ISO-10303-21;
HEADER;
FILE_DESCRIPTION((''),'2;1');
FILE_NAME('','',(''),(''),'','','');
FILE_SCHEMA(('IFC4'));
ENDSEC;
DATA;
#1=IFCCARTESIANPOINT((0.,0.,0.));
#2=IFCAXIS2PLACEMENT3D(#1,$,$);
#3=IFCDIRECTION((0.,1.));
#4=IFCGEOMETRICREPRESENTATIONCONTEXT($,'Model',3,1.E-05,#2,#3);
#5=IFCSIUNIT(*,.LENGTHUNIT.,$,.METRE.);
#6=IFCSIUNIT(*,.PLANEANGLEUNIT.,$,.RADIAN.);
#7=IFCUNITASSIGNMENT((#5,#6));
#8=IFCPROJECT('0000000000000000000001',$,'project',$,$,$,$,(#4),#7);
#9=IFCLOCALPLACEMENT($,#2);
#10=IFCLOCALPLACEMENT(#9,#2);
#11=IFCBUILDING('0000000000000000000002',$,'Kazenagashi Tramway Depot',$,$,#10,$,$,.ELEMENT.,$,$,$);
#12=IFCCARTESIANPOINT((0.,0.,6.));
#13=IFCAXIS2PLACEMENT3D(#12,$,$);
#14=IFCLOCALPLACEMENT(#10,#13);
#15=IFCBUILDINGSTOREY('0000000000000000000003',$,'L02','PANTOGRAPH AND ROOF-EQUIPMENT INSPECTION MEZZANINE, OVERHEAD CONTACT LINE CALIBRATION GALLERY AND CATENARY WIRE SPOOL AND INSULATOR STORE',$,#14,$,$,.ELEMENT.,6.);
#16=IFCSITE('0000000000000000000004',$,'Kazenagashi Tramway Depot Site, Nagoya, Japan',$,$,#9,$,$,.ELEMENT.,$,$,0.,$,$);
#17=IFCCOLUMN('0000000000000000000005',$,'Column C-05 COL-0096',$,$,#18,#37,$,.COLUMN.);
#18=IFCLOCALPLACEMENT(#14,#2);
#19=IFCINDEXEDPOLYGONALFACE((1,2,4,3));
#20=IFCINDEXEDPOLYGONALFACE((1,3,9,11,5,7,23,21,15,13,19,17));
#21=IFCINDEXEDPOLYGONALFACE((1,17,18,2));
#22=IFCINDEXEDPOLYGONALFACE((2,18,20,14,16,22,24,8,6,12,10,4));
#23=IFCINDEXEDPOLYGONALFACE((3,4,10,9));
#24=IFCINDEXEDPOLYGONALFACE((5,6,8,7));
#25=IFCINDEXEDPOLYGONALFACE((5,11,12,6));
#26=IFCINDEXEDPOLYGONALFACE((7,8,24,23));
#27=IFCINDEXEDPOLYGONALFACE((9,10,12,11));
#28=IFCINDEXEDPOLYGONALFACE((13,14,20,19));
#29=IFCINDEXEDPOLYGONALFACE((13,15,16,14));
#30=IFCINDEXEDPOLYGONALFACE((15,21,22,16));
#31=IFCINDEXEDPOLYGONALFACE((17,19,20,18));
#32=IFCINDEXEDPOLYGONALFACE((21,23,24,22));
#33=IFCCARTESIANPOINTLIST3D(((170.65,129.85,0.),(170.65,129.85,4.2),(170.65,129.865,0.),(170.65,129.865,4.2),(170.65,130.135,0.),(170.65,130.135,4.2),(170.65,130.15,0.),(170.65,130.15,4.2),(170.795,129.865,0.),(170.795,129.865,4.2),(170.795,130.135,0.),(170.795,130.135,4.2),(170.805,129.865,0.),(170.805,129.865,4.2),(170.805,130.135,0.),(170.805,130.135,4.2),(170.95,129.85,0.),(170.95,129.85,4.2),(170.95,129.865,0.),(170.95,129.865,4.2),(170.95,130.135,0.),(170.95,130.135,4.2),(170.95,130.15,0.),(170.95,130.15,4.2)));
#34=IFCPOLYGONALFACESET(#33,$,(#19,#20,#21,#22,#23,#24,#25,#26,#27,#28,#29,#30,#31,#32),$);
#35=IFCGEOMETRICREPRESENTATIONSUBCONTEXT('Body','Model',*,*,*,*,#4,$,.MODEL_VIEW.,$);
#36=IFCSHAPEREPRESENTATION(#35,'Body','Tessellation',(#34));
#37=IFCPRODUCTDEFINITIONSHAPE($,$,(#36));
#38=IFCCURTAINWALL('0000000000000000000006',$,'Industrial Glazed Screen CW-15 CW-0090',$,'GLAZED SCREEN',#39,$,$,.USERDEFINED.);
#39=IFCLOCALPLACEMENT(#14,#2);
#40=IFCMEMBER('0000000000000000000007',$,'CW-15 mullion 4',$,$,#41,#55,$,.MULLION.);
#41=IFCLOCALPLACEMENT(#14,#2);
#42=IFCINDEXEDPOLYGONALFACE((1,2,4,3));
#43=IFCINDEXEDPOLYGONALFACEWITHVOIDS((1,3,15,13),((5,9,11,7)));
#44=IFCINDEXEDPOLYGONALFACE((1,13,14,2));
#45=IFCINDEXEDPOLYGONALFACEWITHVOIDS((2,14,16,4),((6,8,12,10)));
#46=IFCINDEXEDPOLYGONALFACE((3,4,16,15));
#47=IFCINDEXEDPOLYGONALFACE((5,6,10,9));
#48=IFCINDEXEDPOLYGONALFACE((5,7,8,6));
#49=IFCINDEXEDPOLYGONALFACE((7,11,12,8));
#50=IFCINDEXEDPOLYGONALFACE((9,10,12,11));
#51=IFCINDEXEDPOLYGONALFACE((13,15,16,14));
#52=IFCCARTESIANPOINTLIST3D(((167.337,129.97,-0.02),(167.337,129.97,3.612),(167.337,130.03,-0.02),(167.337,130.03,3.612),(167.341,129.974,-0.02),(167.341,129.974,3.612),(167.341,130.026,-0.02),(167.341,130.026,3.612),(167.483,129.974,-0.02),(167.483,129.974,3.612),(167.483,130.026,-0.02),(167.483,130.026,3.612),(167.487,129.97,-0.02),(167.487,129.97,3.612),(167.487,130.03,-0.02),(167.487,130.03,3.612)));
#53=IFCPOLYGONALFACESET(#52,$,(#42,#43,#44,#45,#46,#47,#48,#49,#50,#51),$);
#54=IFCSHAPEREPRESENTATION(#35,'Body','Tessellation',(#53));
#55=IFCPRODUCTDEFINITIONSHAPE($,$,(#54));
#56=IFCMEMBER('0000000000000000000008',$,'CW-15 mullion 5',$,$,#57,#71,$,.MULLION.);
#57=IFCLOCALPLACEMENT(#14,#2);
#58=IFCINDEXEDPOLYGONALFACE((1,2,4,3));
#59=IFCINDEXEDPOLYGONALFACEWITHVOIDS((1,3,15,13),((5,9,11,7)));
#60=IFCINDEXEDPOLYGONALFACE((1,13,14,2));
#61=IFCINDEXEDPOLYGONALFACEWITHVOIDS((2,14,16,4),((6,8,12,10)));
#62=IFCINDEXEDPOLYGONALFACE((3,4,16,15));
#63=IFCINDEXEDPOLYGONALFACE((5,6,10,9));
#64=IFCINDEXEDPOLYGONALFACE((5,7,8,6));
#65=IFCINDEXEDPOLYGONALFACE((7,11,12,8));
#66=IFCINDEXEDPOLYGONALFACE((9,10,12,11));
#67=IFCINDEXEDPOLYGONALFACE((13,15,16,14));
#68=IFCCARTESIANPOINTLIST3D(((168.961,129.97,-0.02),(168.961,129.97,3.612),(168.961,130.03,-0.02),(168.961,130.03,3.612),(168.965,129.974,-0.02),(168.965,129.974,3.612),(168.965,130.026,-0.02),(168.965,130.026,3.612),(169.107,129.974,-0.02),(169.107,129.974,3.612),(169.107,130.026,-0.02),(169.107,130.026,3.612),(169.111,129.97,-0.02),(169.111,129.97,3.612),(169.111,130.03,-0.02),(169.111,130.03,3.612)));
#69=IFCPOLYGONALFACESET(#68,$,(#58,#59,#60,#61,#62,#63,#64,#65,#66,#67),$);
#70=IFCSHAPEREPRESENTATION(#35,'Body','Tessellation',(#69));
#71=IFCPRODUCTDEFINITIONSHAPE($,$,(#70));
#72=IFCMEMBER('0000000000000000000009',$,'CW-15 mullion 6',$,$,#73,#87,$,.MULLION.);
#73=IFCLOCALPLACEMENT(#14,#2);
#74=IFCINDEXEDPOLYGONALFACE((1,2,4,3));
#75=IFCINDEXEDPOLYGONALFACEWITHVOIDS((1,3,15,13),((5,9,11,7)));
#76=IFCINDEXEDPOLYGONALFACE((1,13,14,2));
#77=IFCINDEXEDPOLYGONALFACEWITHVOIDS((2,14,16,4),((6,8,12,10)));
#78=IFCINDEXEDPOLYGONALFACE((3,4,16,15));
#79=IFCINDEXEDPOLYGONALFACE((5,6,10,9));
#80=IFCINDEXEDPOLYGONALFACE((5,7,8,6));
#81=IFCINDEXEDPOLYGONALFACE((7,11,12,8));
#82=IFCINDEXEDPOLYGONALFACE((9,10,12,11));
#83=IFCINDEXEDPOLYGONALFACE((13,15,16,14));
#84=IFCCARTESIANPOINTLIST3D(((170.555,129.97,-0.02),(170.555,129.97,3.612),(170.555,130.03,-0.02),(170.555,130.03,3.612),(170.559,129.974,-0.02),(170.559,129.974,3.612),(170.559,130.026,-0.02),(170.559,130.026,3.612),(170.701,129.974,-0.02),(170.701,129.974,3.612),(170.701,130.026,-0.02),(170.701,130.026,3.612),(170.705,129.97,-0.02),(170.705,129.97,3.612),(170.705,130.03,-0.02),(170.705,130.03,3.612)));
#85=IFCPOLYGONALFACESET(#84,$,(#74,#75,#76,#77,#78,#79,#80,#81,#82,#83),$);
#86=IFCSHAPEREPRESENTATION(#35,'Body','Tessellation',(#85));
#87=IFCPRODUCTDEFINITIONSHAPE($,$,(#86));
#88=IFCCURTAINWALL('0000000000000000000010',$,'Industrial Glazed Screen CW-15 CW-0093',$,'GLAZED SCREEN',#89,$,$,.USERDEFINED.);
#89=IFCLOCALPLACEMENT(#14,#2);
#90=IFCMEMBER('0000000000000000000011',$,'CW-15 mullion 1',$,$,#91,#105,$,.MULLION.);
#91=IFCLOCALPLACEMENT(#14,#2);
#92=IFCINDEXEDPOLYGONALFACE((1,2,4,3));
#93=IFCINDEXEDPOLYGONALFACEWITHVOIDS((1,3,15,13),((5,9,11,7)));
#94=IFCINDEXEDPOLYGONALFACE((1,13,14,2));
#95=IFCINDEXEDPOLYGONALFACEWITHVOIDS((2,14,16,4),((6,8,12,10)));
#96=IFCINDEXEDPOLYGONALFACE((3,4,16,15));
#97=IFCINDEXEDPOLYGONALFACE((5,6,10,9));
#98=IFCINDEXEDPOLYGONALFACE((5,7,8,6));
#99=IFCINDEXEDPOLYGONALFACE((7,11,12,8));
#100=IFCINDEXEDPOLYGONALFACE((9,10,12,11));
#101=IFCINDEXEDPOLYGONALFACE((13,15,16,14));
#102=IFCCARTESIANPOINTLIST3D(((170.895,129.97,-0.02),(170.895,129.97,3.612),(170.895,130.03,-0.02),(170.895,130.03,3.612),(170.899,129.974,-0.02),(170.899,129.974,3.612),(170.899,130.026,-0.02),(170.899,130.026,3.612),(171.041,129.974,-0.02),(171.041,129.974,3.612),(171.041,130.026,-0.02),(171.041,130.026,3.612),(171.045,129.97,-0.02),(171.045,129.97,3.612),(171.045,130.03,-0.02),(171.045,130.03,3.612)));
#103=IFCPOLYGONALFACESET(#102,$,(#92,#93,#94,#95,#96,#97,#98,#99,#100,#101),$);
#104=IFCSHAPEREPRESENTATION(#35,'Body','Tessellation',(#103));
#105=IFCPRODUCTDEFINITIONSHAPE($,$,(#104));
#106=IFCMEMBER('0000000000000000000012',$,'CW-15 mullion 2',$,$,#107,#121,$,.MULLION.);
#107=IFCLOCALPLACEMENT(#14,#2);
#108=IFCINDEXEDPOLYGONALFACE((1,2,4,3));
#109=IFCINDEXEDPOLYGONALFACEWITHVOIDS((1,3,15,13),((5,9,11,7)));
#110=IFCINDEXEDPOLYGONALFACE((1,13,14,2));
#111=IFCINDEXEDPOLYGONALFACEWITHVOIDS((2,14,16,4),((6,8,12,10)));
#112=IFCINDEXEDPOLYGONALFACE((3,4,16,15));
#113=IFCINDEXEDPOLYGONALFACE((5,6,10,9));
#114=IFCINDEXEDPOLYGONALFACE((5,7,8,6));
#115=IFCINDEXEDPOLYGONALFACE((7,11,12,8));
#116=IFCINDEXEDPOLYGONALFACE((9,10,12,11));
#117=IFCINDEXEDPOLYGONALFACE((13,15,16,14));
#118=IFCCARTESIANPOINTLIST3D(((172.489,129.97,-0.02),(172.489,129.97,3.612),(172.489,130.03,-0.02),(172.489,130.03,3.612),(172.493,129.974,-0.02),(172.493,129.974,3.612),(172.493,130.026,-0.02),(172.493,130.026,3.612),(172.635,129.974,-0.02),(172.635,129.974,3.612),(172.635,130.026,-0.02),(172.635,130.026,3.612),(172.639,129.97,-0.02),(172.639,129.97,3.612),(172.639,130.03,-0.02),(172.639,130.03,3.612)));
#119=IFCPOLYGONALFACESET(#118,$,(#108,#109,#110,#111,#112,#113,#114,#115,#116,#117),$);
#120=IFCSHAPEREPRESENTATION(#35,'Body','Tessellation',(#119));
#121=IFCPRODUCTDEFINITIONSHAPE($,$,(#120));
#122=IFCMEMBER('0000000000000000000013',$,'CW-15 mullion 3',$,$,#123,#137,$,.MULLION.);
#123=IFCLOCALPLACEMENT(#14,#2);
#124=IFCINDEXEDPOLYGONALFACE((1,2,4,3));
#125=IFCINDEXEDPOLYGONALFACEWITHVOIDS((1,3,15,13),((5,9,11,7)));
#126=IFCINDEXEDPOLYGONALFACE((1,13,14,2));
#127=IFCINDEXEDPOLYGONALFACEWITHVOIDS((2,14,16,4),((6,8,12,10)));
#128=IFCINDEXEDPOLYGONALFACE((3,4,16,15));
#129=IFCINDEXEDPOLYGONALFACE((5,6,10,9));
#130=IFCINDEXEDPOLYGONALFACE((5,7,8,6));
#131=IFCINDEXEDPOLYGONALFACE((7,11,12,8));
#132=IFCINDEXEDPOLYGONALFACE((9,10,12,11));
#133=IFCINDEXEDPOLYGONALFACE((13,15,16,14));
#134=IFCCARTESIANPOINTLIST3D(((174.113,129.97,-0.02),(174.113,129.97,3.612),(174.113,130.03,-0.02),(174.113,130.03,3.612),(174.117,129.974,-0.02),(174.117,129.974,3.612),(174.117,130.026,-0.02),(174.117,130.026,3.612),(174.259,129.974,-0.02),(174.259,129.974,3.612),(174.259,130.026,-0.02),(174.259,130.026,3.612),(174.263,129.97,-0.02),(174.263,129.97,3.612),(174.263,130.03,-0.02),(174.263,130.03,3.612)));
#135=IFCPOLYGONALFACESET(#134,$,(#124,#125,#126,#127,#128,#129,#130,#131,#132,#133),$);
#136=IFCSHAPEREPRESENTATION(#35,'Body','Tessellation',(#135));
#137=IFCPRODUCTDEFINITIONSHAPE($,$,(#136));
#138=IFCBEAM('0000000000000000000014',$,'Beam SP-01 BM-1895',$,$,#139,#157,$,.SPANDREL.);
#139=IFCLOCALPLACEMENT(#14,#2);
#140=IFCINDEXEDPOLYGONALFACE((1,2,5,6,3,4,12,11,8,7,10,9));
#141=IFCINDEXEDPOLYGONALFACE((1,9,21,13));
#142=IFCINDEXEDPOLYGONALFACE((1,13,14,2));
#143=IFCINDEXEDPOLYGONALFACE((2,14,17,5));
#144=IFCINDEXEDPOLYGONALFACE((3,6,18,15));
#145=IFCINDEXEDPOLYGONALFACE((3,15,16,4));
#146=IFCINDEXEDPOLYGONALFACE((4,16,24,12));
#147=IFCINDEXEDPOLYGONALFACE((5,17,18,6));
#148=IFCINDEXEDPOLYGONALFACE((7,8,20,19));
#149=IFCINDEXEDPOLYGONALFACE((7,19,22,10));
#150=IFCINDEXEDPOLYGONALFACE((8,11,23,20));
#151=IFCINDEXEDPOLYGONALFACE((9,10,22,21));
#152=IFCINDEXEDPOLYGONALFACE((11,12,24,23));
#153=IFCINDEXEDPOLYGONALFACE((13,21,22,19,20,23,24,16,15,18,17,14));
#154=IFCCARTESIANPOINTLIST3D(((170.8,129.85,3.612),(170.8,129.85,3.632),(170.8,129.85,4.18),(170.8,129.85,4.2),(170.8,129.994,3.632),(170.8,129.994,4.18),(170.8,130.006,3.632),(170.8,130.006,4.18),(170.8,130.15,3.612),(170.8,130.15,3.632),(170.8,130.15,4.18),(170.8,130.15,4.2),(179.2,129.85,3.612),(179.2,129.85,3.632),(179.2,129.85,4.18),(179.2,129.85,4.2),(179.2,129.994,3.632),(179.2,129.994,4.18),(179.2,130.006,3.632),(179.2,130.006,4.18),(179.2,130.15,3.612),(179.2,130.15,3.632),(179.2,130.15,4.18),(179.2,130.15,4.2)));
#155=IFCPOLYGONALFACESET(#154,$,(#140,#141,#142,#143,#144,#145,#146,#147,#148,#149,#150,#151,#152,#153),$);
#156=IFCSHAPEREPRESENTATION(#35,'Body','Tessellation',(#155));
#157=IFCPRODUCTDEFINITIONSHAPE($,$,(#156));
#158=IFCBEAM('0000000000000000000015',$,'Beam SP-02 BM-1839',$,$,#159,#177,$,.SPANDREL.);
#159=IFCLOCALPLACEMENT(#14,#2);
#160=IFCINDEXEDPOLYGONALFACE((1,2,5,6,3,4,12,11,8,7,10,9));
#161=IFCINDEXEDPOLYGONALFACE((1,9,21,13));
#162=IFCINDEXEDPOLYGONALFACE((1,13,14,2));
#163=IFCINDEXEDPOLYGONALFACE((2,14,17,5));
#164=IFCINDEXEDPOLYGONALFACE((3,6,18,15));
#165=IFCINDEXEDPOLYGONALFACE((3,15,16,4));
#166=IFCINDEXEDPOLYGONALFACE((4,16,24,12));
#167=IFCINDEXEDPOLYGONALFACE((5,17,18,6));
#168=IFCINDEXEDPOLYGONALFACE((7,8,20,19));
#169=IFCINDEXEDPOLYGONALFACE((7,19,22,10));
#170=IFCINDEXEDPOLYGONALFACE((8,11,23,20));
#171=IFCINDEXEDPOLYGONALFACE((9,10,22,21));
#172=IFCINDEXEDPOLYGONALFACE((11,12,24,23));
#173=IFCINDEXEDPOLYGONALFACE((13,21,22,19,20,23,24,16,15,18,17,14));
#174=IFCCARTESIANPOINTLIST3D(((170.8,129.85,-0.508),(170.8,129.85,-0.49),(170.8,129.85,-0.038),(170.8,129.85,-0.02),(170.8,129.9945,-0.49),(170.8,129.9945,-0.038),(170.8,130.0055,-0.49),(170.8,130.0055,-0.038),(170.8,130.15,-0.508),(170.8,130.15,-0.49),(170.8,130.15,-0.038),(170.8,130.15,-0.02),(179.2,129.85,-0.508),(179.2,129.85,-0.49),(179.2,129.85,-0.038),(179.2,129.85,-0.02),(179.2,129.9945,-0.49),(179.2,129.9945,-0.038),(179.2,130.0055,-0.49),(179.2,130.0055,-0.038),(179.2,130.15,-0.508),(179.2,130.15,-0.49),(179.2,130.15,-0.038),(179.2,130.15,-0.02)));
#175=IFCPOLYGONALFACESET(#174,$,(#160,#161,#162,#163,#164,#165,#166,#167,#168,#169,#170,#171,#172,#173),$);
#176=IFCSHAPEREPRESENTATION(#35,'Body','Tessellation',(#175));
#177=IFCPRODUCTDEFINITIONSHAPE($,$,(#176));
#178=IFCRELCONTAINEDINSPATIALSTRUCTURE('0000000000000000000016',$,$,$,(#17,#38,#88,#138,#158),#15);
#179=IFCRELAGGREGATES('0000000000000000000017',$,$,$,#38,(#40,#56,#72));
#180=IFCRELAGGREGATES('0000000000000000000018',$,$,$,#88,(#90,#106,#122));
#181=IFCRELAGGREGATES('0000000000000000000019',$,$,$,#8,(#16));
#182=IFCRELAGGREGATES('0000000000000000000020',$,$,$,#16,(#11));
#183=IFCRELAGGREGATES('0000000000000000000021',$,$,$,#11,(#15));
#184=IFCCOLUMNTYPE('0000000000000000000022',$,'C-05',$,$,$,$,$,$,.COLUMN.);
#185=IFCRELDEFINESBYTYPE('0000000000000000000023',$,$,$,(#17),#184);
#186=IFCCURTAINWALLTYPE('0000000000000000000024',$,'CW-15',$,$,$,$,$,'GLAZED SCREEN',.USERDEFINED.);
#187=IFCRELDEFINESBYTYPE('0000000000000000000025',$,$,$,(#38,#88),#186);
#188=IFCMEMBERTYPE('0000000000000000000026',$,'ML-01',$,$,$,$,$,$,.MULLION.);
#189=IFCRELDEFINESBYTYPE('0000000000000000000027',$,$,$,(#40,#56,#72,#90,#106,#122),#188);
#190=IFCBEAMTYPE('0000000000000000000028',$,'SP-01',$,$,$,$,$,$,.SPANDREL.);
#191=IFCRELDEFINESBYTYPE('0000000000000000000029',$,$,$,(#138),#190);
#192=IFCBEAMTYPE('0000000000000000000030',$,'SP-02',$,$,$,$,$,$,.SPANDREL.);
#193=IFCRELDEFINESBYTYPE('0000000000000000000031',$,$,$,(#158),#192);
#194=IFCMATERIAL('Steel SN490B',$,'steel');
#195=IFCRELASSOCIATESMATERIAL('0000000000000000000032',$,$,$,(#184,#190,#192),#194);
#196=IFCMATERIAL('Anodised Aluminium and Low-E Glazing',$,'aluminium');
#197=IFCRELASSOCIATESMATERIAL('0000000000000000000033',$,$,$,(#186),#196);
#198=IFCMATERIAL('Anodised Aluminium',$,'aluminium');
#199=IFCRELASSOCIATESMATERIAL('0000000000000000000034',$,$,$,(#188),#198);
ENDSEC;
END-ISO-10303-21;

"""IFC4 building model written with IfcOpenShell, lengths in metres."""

from ifc_helpers import new_model, si_unit, direction, frame, origin, origin_2d, place, context, subcontext, project, spatial, hollow_rectangle, i_section, extrude, material, material_profile, profile_set, type_object, element, aggregate, save


model = new_model("IFC4")

# Units and contexts
model_context = context("Model", 3, precision=1e-05, world=origin(), true_north=direction((0.0, 1.0)))
body_context = subcontext(model_context, "Body", "Model", "MODEL_VIEW")
ifc_project = project(units=[si_unit("LENGTHUNIT", "METRE"), si_unit("PLANEANGLEUNIT", "RADIAN")], contexts=[model_context])

# Site, building, storey
site_placement = place(None, origin())
site = spatial("IfcSite", under=ifc_project, at=site_placement, Name="Kazenagashi Tramway Depot Site, Nagoya, Japan", CompositionType="ELEMENT", RefElevation=0.0)
building_placement = place(site_placement, origin())
building = spatial("IfcBuilding", under=site, at=building_placement, Name="Kazenagashi Tramway Depot", CompositionType="ELEMENT")
storey_placement = place(building_placement, frame((0.0, 0.0, 6.0)))
storey = spatial("IfcBuildingStorey", under=building, at=storey_placement, Name="L02", Description="PANTOGRAPH AND ROOF-EQUIPMENT INSPECTION MEZZANINE, OVERHEAD CONTACT LINE CALIBRATION GALLERY AND CATENARY WIRE SPOOL AND INSULATOR STORE", CompositionType="ELEMENT", Elevation=6.0)

# Column
ifc_material_1 = material(Name="Steel SN490B", Category="steel")
ifc_material_profile_1 = material_profile(ifc_material_1, i_section(OverallWidth=0.3, OverallDepth=0.3, WebThickness=0.01, FlangeThickness=0.015, at=origin_2d()), Name="H-300x300x10x15")
ifc_profile_set_1 = profile_set([ifc_material_profile_1], Name="Steel SN490B")
column_type = type_object("IfcColumnType", Name="C-05", PredefinedType="COLUMN", material=ifc_profile_set_1)
column_placement = place(storey_placement, frame((170.8, 130.0, 0.0), z_axis=(0.0, 0.0, 1.0), x_axis=(1.0, 0.0, 0.0)))
element("IfcColumn", 1, at=column_placement, inside=storey, type_object=column_type, Name="Column C-05 COL-0096", PredefinedType="COLUMN", context=body_context, shape_type="SweptSolid", body=[
    extrude(i_section(OverallWidth=0.3, OverallDepth=0.3, WebThickness=0.01, FlangeThickness=0.015, at=origin_2d()), origin(), (0.0, 0.0, 1.0), 4.2),
])

# Curtain walls, members
ifc_material_2 = material(Name="Anodised Aluminium and Low-E Glazing", Category="aluminium")
curtain_wall_type = type_object("IfcCurtainWallType", Name="CW-15", ElementType="GLAZED SCREEN", PredefinedType="USERDEFINED", material=ifc_material_2)
curtain_wall_1_placement = place(storey_placement, origin())
curtain_wall_1 = element("IfcCurtainWall", 2, at=curtain_wall_1_placement, inside=storey, type_object=curtain_wall_type, Name="Industrial Glazed Screen CW-15 CW-0090", ObjectType="GLAZED SCREEN", PredefinedType="USERDEFINED")
ifc_material_3 = material(Name="Anodised Aluminium", Category="aluminium")
ifc_material_profile_2 = material_profile(ifc_material_3, hollow_rectangle(XDim=0.06, YDim=0.15, WallThickness=0.004, at=origin_2d()), Name="RHS-150x60x4")
ifc_profile_set_2 = profile_set([ifc_material_profile_2], Name="Anodised Aluminium")
member_type_1 = type_object("IfcMemberType", Name="ML-01", PredefinedType="MULLION", material=ifc_profile_set_2)
member_1_placement = place(storey_placement, frame((167.412, 130.0, -0.02), z_axis=(0.0, 0.0, 1.0), x_axis=(0.0, 1.0, 0.0)))
member_1 = element("IfcMember", 3, at=member_1_placement, type_object=member_type_1, Name="CW-15 mullion 4", PredefinedType="MULLION", context=body_context, shape_type="SweptSolid", body=[
    extrude(hollow_rectangle(XDim=0.06, YDim=0.15, WallThickness=0.004, at=origin_2d()), origin(), (0.0, 0.0, 1.0), 3.632),
])
member_2_placement = place(storey_placement, frame((169.036, 130.0, -0.02), z_axis=(0.0, 0.0, 1.0), x_axis=(0.0, 1.0, 0.0)))
member_2 = element("IfcMember", 4, at=member_2_placement, type_object=member_type_1, Name="CW-15 mullion 5", PredefinedType="MULLION", context=body_context, shape_type="SweptSolid", body=[
    extrude(hollow_rectangle(XDim=0.06, YDim=0.15, WallThickness=0.004, at=origin_2d()), origin(), (0.0, 0.0, 1.0), 3.632),
])
member_3_placement = place(storey_placement, frame((170.63, 130.0, -0.02), z_axis=(0.0, 0.0, 1.0), x_axis=(0.0, 1.0, 0.0)))
member_3 = element("IfcMember", 5, at=member_3_placement, type_object=member_type_1, Name="CW-15 mullion 6", PredefinedType="MULLION", context=body_context, shape_type="SweptSolid", body=[
    extrude(hollow_rectangle(XDim=0.06, YDim=0.15, WallThickness=0.004, at=origin_2d()), origin(), (0.0, 0.0, 1.0), 3.632),
])
curtain_wall_2_placement = place(storey_placement, origin())
curtain_wall_2 = element("IfcCurtainWall", 6, at=curtain_wall_2_placement, inside=storey, type_object=curtain_wall_type, Name="Industrial Glazed Screen CW-15 CW-0093", ObjectType="GLAZED SCREEN", PredefinedType="USERDEFINED")
member_4_placement = place(storey_placement, frame((170.97, 130.0, -0.02), z_axis=(0.0, 0.0, 1.0), x_axis=(0.0, 1.0, 0.0)))
member_4 = element("IfcMember", 7, at=member_4_placement, type_object=member_type_1, Name="CW-15 mullion 1", PredefinedType="MULLION", context=body_context, shape_type="SweptSolid", body=[
    extrude(hollow_rectangle(XDim=0.06, YDim=0.15, WallThickness=0.004, at=origin_2d()), origin(), (0.0, 0.0, 1.0), 3.632),
])
member_5_placement = place(storey_placement, frame((172.564, 130.0, -0.02), z_axis=(0.0, 0.0, 1.0), x_axis=(0.0, 1.0, 0.0)))
member_5 = element("IfcMember", 8, at=member_5_placement, type_object=member_type_1, Name="CW-15 mullion 2", PredefinedType="MULLION", context=body_context, shape_type="SweptSolid", body=[
    extrude(hollow_rectangle(XDim=0.06, YDim=0.15, WallThickness=0.004, at=origin_2d()), origin(), (0.0, 0.0, 1.0), 3.632),
])
member_6_placement = place(storey_placement, frame((174.188, 130.0, -0.02), z_axis=(0.0, 0.0, 1.0), x_axis=(0.0, 1.0, 0.0)))
member_6 = element("IfcMember", 9, at=member_6_placement, type_object=member_type_1, Name="CW-15 mullion 3", PredefinedType="MULLION", context=body_context, shape_type="SweptSolid", body=[
    extrude(hollow_rectangle(XDim=0.06, YDim=0.15, WallThickness=0.004, at=origin_2d()), origin(), (0.0, 0.0, 1.0), 3.632),
])

# Beams
ifc_material_profile_3 = material_profile(ifc_material_1, i_section(OverallWidth=0.3, OverallDepth=0.588, WebThickness=0.012, FlangeThickness=0.02, at=origin_2d()), Name="H-588x300x12x20")
ifc_profile_set_3 = profile_set([ifc_material_profile_3], Name="Steel SN490B")
beam_type_1 = type_object("IfcBeamType", Name="SP-01", PredefinedType="SPANDREL", material=ifc_profile_set_3)
beam_1_placement = place(storey_placement, frame((170.8, 130.0, 3.906), z_axis=(1.0, 0.0, 0.0), x_axis=(0.0, 1.0, 0.0)))
element("IfcBeam", 10, at=beam_1_placement, inside=storey, type_object=beam_type_1, Name="Beam SP-01 BM-1895", PredefinedType="SPANDREL", context=body_context, shape_type="SweptSolid", body=[
    extrude(i_section(OverallWidth=0.3, OverallDepth=0.588, WebThickness=0.012, FlangeThickness=0.02, at=origin_2d()), origin(), (0.0, 0.0, 1.0), 8.4),
])
ifc_material_profile_4 = material_profile(ifc_material_1, i_section(OverallWidth=0.3, OverallDepth=0.488, WebThickness=0.011, FlangeThickness=0.018, at=origin_2d()), Name="H-488x300x11x18")
ifc_profile_set_4 = profile_set([ifc_material_profile_4], Name="Steel SN490B")
beam_type_2 = type_object("IfcBeamType", Name="SP-02", PredefinedType="SPANDREL", material=ifc_profile_set_4)
beam_2_placement = place(storey_placement, frame((170.8, 130.0, -0.264), z_axis=(1.0, 0.0, 0.0), x_axis=(0.0, 1.0, 0.0)))
element("IfcBeam", 11, at=beam_2_placement, inside=storey, type_object=beam_type_2, Name="Beam SP-02 BM-1839", PredefinedType="SPANDREL", context=body_context, shape_type="SweptSolid", body=[
    extrude(i_section(OverallWidth=0.3, OverallDepth=0.488, WebThickness=0.011, FlangeThickness=0.018, at=origin_2d()), origin(), (0.0, 0.0, 1.0), 8.4),
])

aggregate(curtain_wall_1, [member_1, member_2, member_3])
aggregate(curtain_wall_2, [member_4, member_5, member_6])

save(model, "model.ifc")
